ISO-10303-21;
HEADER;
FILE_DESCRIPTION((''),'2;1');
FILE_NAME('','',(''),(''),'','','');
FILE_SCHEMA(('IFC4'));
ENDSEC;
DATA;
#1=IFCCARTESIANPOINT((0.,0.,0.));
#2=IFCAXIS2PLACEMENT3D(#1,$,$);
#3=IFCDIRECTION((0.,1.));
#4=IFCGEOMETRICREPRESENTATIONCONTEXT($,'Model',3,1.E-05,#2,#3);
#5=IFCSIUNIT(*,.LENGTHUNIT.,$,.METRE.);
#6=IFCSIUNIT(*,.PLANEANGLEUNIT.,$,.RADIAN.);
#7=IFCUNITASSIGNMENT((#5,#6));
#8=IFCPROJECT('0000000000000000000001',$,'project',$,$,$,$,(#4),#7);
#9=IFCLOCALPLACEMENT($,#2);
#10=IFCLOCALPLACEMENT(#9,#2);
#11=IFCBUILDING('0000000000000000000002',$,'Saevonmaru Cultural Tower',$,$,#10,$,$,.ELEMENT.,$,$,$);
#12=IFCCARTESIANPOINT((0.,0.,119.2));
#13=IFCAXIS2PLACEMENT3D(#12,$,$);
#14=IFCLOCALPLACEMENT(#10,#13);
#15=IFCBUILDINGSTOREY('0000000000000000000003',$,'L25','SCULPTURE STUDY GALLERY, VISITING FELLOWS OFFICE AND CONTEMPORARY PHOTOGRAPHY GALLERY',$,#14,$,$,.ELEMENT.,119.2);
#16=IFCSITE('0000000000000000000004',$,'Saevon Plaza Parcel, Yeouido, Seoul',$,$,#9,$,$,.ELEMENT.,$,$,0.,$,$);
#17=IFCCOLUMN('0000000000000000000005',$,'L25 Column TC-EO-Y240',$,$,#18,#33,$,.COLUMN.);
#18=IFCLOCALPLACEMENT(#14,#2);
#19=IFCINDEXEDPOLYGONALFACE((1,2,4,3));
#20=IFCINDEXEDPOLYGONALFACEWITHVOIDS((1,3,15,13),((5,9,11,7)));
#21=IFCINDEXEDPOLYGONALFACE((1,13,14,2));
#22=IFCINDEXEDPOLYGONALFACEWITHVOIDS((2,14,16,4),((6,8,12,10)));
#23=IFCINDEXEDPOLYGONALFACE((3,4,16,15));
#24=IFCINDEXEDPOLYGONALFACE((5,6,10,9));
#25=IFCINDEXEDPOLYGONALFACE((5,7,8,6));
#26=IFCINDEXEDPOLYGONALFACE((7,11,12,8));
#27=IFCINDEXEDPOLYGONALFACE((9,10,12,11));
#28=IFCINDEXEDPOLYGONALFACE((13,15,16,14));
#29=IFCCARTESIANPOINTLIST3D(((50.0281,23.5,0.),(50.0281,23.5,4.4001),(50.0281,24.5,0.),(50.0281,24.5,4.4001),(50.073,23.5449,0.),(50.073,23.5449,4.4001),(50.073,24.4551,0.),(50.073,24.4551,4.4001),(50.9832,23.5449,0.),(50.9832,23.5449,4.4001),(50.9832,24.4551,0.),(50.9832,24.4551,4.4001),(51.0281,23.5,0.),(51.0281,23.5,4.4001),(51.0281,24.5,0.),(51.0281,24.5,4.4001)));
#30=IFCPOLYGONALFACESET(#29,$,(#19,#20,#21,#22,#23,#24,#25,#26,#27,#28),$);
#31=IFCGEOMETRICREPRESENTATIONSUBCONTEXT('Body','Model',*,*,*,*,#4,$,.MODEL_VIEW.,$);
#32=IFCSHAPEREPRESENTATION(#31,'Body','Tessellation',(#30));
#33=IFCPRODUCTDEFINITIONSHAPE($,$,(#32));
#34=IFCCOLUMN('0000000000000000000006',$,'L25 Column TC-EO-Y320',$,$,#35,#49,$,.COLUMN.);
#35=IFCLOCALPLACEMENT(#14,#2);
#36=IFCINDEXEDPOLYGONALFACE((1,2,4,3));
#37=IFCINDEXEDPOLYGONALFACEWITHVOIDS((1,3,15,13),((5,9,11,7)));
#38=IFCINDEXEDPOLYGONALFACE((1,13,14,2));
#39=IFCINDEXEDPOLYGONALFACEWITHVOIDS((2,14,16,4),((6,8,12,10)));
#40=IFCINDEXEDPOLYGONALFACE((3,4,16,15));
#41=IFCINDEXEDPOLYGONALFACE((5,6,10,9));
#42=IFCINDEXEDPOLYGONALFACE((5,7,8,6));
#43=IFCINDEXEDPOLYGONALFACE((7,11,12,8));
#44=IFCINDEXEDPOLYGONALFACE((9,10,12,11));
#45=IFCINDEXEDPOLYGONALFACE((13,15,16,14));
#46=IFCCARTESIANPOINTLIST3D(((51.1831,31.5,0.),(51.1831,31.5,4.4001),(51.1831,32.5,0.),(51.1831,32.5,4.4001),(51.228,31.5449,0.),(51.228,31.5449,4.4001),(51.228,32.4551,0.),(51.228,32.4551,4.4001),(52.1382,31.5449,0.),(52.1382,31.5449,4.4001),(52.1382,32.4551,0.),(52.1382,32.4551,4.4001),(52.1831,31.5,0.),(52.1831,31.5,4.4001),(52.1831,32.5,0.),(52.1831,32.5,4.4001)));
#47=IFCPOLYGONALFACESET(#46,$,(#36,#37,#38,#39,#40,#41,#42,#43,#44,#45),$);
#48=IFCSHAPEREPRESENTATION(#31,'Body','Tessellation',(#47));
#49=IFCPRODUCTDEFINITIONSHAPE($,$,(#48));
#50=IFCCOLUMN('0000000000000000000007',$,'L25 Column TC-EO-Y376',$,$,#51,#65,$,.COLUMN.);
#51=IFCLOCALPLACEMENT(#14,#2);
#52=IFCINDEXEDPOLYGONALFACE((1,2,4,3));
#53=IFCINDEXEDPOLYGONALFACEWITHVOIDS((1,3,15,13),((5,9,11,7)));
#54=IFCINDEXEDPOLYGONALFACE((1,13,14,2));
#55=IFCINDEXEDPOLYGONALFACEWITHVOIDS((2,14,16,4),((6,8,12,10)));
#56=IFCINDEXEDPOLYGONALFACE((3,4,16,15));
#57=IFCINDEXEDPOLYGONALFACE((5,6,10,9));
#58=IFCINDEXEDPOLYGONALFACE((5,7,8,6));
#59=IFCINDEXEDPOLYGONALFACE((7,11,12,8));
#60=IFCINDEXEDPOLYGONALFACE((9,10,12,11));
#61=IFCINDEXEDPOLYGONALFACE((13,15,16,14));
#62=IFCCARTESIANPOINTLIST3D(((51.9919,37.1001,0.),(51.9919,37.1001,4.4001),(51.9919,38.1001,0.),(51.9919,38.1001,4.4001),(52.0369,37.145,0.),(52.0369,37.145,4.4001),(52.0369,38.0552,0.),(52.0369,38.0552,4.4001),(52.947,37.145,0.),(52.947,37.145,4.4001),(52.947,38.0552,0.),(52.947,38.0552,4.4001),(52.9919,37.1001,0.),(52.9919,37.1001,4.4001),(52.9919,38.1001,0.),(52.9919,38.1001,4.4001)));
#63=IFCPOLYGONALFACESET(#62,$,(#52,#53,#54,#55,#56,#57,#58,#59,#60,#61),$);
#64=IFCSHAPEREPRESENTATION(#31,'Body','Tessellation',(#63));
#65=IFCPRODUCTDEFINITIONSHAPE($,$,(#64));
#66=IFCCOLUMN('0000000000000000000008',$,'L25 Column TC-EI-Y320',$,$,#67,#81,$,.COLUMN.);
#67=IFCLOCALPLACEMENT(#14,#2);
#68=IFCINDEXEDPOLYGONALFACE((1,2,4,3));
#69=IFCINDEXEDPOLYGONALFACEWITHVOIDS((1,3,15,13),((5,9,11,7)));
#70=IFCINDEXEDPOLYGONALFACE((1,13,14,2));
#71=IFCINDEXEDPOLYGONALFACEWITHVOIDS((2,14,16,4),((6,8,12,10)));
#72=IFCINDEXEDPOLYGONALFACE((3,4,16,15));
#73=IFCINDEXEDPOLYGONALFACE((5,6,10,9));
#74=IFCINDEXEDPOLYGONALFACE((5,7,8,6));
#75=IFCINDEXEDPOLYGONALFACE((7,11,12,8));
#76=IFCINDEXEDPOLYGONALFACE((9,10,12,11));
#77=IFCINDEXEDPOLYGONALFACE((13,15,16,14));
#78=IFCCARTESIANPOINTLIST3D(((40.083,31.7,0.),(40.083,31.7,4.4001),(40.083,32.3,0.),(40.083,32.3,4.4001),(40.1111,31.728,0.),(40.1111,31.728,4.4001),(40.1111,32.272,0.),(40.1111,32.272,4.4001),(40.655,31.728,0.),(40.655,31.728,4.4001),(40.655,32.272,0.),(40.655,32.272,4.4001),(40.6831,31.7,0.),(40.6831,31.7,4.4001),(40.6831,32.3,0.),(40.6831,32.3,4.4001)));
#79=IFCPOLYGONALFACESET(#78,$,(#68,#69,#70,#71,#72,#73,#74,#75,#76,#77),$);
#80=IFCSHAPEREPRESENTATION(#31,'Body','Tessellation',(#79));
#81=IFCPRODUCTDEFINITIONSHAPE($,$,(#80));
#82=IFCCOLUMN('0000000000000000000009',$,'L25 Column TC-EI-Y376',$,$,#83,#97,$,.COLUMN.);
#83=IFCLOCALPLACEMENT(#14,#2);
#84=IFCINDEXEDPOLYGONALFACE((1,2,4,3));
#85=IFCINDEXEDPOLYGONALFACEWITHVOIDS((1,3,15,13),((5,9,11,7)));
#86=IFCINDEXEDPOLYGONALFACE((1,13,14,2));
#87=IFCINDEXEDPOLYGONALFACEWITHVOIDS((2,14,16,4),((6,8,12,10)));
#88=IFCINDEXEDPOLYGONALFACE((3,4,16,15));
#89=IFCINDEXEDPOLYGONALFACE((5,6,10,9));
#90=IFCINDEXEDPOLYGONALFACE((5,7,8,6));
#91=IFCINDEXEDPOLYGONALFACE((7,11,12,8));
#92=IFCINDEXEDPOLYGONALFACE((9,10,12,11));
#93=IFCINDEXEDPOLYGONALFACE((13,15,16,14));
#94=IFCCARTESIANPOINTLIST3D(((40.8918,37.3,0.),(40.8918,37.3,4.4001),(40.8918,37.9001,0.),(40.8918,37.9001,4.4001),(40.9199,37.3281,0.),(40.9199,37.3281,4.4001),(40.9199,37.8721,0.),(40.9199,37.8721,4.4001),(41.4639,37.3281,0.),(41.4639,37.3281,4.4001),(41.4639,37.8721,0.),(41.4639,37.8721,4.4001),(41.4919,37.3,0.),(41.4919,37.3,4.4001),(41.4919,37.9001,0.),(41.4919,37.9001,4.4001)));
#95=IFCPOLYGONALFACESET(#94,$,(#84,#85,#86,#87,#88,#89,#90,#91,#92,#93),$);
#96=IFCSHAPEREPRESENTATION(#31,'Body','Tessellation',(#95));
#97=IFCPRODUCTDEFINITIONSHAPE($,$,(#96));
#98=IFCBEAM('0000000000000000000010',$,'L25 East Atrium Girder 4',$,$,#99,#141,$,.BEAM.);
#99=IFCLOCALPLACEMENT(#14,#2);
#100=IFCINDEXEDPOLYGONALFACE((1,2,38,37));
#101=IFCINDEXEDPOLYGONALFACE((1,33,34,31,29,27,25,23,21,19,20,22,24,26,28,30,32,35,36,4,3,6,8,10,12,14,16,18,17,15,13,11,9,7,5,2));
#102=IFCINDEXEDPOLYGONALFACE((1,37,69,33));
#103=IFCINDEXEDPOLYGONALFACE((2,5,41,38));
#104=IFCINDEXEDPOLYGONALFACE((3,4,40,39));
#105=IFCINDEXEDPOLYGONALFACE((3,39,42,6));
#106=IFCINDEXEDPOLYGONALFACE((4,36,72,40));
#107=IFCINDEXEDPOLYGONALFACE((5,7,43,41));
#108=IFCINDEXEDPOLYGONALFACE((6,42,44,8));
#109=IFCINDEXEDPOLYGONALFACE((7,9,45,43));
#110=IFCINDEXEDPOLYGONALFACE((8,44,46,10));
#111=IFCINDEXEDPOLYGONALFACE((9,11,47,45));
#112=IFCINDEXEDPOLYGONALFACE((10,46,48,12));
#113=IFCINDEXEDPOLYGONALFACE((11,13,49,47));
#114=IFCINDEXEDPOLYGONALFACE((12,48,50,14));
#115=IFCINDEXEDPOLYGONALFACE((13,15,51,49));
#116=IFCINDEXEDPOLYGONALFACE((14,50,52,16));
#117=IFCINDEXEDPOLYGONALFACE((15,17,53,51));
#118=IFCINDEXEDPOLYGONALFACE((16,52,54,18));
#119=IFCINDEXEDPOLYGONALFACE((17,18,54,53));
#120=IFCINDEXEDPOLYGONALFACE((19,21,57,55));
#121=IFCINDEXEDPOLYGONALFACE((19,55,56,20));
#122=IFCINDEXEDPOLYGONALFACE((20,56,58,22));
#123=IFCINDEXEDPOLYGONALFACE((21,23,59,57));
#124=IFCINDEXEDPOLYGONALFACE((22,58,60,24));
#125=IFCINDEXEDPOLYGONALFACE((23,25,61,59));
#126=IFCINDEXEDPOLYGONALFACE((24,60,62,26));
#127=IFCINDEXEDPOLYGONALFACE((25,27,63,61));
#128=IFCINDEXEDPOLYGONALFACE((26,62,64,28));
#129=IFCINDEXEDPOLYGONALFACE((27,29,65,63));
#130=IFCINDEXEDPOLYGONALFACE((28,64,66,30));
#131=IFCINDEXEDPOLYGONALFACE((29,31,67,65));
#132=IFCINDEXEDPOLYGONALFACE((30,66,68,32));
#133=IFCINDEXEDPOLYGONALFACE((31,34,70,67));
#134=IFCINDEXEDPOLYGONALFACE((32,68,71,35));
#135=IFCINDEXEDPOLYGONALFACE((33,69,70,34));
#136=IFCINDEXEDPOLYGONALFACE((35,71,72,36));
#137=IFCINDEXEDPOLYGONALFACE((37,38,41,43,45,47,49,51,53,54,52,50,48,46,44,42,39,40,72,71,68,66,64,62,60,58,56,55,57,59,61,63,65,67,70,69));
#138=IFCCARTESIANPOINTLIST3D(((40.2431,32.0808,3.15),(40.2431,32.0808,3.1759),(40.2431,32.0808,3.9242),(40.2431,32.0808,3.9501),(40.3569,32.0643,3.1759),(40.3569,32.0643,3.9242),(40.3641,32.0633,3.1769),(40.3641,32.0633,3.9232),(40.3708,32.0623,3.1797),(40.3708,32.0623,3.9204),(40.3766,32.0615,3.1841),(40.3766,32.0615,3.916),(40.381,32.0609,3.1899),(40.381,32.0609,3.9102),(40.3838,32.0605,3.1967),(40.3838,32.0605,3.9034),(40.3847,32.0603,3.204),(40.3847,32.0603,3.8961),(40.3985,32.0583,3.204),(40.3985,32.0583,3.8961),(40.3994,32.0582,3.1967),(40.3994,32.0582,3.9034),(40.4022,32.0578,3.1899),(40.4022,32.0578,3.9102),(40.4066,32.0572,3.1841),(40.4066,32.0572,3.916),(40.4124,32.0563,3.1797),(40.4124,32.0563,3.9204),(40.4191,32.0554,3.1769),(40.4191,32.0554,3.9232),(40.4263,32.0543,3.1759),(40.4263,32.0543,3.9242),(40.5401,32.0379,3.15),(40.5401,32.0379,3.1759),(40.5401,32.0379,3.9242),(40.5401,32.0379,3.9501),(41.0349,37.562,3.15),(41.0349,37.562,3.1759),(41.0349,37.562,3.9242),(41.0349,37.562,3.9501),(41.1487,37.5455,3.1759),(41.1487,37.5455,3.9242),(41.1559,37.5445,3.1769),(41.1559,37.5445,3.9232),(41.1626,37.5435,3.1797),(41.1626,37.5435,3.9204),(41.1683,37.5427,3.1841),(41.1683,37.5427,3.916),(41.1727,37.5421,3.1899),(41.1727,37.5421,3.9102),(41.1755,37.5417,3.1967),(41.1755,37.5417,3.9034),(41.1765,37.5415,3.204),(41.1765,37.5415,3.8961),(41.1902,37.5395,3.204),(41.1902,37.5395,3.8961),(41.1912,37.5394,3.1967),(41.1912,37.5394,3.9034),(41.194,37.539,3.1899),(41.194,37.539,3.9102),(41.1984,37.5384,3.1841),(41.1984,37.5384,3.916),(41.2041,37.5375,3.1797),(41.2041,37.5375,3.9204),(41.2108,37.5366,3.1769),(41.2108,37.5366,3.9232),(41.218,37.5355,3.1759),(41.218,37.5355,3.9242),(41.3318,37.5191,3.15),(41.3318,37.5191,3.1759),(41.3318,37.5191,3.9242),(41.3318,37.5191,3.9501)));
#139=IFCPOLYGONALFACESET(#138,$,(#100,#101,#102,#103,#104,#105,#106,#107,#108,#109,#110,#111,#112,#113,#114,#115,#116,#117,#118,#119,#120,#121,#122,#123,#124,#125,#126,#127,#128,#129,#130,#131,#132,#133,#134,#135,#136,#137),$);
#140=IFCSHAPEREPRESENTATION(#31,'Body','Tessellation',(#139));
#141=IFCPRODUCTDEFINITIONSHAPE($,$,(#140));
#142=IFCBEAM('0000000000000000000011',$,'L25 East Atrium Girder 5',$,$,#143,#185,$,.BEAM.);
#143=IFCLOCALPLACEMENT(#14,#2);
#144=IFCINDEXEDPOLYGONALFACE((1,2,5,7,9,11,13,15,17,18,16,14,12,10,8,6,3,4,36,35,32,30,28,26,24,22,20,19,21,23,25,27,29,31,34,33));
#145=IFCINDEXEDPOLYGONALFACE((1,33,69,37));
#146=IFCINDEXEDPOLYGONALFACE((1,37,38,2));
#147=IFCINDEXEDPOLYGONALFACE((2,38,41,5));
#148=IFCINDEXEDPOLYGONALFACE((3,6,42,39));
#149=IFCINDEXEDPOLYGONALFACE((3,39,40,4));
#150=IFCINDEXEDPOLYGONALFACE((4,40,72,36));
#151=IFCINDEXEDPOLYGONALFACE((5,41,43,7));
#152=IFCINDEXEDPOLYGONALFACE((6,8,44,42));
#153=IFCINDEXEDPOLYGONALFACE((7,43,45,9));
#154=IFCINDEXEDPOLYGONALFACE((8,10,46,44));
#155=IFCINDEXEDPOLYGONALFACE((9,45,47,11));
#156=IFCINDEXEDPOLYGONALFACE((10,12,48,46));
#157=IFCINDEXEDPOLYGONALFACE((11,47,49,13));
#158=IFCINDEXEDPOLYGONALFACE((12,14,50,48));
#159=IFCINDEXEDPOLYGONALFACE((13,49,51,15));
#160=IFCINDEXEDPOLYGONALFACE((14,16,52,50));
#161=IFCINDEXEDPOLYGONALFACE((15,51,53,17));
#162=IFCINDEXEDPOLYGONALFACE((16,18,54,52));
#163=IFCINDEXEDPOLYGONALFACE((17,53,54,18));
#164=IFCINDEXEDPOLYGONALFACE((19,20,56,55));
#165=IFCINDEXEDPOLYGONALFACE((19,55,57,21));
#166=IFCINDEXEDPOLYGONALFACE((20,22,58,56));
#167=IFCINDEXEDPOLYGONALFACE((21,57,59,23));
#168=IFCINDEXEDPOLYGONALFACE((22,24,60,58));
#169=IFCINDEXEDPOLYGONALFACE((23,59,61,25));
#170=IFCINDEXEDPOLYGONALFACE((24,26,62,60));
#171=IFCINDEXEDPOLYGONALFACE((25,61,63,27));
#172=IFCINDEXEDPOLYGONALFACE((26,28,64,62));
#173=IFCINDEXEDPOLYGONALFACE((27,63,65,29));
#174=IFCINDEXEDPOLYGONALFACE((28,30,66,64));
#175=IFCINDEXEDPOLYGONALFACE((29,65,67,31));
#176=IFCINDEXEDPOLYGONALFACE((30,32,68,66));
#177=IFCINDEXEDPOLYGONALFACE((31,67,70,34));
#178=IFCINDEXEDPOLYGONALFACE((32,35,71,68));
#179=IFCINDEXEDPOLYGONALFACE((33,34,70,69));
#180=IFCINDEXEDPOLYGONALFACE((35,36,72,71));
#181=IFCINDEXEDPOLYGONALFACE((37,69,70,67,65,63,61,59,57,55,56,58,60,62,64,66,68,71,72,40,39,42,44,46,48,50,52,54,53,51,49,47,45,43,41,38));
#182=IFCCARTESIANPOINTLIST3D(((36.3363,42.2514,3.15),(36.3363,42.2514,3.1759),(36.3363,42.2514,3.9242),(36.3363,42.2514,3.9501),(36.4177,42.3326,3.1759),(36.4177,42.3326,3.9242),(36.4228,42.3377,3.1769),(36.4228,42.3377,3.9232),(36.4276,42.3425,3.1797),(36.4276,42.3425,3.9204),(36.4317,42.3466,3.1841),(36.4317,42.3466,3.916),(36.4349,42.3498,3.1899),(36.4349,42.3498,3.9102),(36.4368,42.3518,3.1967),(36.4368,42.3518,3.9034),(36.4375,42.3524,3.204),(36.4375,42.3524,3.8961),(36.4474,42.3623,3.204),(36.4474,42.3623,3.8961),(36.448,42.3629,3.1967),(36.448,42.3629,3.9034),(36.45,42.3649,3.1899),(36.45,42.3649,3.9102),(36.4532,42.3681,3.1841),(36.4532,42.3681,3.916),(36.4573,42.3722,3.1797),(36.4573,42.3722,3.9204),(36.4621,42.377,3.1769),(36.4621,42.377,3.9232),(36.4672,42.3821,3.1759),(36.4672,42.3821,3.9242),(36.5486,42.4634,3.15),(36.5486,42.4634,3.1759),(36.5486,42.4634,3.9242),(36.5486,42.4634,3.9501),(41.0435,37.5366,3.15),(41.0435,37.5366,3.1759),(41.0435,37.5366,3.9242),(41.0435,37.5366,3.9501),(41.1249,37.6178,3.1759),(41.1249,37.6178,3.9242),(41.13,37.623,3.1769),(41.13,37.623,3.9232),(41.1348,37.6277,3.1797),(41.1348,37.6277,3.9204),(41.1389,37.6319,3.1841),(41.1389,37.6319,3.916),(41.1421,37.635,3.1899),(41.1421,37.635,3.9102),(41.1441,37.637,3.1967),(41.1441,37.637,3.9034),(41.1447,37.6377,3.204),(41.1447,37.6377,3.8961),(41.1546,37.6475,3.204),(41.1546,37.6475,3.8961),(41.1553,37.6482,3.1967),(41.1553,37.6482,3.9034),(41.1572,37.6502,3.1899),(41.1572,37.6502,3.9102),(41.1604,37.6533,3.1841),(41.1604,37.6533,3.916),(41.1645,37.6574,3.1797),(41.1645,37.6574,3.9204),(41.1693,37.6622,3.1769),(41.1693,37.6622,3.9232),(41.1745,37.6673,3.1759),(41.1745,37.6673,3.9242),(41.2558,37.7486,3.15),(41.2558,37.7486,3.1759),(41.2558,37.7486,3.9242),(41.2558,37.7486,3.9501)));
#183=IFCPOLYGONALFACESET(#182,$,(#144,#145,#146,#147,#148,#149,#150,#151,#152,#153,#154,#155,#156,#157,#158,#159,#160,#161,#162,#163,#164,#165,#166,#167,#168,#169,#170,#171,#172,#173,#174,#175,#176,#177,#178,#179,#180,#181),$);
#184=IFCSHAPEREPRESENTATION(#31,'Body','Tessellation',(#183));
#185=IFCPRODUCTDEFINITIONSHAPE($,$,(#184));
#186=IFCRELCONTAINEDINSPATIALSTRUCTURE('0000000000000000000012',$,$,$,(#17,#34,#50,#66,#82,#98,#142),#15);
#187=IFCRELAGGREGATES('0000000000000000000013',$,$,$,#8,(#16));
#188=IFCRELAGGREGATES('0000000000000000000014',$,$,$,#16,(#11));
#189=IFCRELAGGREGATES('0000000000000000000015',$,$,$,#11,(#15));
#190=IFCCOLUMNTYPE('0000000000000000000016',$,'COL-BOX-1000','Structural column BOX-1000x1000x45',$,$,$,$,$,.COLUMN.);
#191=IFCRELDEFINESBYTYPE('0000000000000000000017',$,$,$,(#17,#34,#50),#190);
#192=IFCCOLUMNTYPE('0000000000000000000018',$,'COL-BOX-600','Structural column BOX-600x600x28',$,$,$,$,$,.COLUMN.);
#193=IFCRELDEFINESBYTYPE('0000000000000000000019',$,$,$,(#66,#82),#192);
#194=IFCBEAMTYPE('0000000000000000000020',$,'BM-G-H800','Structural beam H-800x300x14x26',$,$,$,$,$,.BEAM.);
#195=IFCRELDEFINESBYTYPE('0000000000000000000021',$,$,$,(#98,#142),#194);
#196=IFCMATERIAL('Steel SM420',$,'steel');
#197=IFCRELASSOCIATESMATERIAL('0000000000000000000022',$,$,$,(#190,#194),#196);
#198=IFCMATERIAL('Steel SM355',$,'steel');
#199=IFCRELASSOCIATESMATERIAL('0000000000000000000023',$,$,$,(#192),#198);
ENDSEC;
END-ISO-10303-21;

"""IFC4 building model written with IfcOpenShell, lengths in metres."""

from ifc_helpers import new_model, si_unit, direction, frame, origin, origin_2d, place, context, subcontext, project, spatial, hollow_rectangle, i_section, extrude, material, material_profile, profile_set, type_object, element, save


model = new_model("IFC4")

# Units and contexts
model_context = context("Model", 3, precision=1e-05, world=origin(), true_north=direction((0.0, 1.0)))
body_context = subcontext(model_context, "Body", "Model", "MODEL_VIEW")
ifc_project = project(units=[si_unit("LENGTHUNIT", "METRE"), si_unit("PLANEANGLEUNIT", "RADIAN")], contexts=[model_context])

# Site, building, storey
site_placement = place(None, origin())
site = spatial("IfcSite", under=ifc_project, at=site_placement, Name="Saevon Plaza Parcel, Yeouido, Seoul", CompositionType="ELEMENT", RefElevation=0.0)
building_placement = place(site_placement, origin())
building = spatial("IfcBuilding", under=site, at=building_placement, Name="Saevonmaru Cultural Tower", CompositionType="ELEMENT")
storey_placement = place(building_placement, frame((0.0, 0.0, 119.2)))
storey = spatial("IfcBuildingStorey", under=building, at=storey_placement, Name="L25", Description="SCULPTURE STUDY GALLERY, VISITING FELLOWS OFFICE AND CONTEMPORARY PHOTOGRAPHY GALLERY", CompositionType="ELEMENT", Elevation=119.2)

# Columns
ifc_material_1 = material(Name="Steel SM420", Category="steel")
ifc_material_profile_1 = material_profile(ifc_material_1, hollow_rectangle(XDim=1.0, YDim=1.0, WallThickness=0.0449, at=origin_2d()), Name="BOX-1000x1000x45")
ifc_profile_set_1 = profile_set([ifc_material_profile_1], Name="Steel SM420")
column_type_1 = type_object("IfcColumnType", Name="COL-BOX-1000", Description="Structural column BOX-1000x1000x45", PredefinedType="COLUMN", material=ifc_profile_set_1)
for number, where, z_axis, x_axis, name in (
    (1, (50.5281, 24.0, 0.0), (0.0, 0.0, 1.0), (1.0, 0.0, 0.0), "L25 Column TC-EO-Y240"),
    (2, (51.6831, 32.0, 0.0), (0.0, 0.0, 1.0), (1.0, 0.0, 0.0), "L25 Column TC-EO-Y320"),
    (3, (52.4919, 37.6001, 0.0), (0.0, 0.0, 1.0), (1.0, 0.0, 0.0), "L25 Column TC-EO-Y376"),
):
    element("IfcColumn", number, at=place(storey_placement, frame(where, z_axis=z_axis, x_axis=x_axis)), inside=storey, type_object=column_type_1, Name=name, PredefinedType="COLUMN", context=body_context, shape_type="SweptSolid", body=[
        extrude(hollow_rectangle(XDim=1.0, YDim=1.0, WallThickness=0.0449, at=origin_2d()), origin(), (0.0, 0.0, 1.0), 4.4001),
    ])
ifc_material_2 = material(Name="Steel SM355", Category="steel")
ifc_material_profile_2 = material_profile(ifc_material_2, hollow_rectangle(XDim=0.6001, YDim=0.6001, WallThickness=0.0281, at=origin_2d()), Name="BOX-600x600x28")
ifc_profile_set_2 = profile_set([ifc_material_profile_2], Name="Steel SM355")
column_type_2 = type_object("IfcColumnType", Name="COL-BOX-600", Description="Structural column BOX-600x600x28", PredefinedType="COLUMN", material=ifc_profile_set_2)
for number, where, z_axis, x_axis, name in (
    (4, (40.3831, 32.0, 0.0), (0.0, 0.0, 1.0), (1.0, 0.0, 0.0), "L25 Column TC-EI-Y320"),
    (5, (41.1919, 37.6001, 0.0), (0.0, 0.0, 1.0), (1.0, 0.0, 0.0), "L25 Column TC-EI-Y376"),
):
    element("IfcColumn", number, at=place(storey_placement, frame(where, z_axis=z_axis, x_axis=x_axis)), inside=storey, type_object=column_type_2, Name=name, PredefinedType="COLUMN", context=body_context, shape_type="SweptSolid", body=[
        extrude(hollow_rectangle(XDim=0.6001, YDim=0.6001, WallThickness=0.0281, at=origin_2d()), origin(), (0.0, 0.0, 1.0), 4.4001),
    ])

# Beams
ifc_material_profile_3 = material_profile(ifc_material_1, i_section(OverallWidth=0.3, OverallDepth=0.8, WebThickness=0.0139, FlangeThickness=0.0259, FilletRadius=0.0281, at=origin_2d()), Name="H-800x300x14x26")
ifc_profile_set_3 = profile_set([ifc_material_profile_3], Name="Steel SM420")
beam_type_1 = type_object("IfcBeamType", Name="BM-G-H800", Description="Structural beam H-800x300x14x26", PredefinedType="BEAM", material=ifc_profile_set_3)
beam_1_placement = place(storey_placement, frame((40.3916, 32.0593, 3.55), z_axis=(0.142964, 0.989728, 0.0), x_axis=(-0.989728, 0.142964, 0.0)))
element("IfcBeam", 6, at=beam_1_placement, inside=storey, type_object=beam_type_1, Name="L25 East Atrium Girder 4", PredefinedType="BEAM", context=body_context, shape_type="SweptSolid", body=[
    extrude(i_section(OverallWidth=0.3, OverallDepth=0.8, WebThickness=0.0139, FlangeThickness=0.0259, FilletRadius=0.0281, at=origin_2d()), origin(), (0.0, 0.0, 1.0), 5.5381),
])
beam_2_placement = place(storey_placement, frame((41.1497, 37.6426, 3.55), z_axis=(-0.706539, 0.707675, 0.0), x_axis=(-0.707675, -0.706539, 0.0)))
element("IfcBeam", 7, at=beam_2_placement, inside=storey, type_object=beam_type_1, Name="L25 East Atrium Girder 5", PredefinedType="BEAM", context=body_context, shape_type="SweptSolid", body=[
    extrude(i_section(OverallWidth=0.3, OverallDepth=0.8, WebThickness=0.0139, FlangeThickness=0.0259, FilletRadius=0.0281, at=origin_2d()), origin(), (0.0, 0.0, 1.0), 6.6624),
])

save(model, "model.ifc")
